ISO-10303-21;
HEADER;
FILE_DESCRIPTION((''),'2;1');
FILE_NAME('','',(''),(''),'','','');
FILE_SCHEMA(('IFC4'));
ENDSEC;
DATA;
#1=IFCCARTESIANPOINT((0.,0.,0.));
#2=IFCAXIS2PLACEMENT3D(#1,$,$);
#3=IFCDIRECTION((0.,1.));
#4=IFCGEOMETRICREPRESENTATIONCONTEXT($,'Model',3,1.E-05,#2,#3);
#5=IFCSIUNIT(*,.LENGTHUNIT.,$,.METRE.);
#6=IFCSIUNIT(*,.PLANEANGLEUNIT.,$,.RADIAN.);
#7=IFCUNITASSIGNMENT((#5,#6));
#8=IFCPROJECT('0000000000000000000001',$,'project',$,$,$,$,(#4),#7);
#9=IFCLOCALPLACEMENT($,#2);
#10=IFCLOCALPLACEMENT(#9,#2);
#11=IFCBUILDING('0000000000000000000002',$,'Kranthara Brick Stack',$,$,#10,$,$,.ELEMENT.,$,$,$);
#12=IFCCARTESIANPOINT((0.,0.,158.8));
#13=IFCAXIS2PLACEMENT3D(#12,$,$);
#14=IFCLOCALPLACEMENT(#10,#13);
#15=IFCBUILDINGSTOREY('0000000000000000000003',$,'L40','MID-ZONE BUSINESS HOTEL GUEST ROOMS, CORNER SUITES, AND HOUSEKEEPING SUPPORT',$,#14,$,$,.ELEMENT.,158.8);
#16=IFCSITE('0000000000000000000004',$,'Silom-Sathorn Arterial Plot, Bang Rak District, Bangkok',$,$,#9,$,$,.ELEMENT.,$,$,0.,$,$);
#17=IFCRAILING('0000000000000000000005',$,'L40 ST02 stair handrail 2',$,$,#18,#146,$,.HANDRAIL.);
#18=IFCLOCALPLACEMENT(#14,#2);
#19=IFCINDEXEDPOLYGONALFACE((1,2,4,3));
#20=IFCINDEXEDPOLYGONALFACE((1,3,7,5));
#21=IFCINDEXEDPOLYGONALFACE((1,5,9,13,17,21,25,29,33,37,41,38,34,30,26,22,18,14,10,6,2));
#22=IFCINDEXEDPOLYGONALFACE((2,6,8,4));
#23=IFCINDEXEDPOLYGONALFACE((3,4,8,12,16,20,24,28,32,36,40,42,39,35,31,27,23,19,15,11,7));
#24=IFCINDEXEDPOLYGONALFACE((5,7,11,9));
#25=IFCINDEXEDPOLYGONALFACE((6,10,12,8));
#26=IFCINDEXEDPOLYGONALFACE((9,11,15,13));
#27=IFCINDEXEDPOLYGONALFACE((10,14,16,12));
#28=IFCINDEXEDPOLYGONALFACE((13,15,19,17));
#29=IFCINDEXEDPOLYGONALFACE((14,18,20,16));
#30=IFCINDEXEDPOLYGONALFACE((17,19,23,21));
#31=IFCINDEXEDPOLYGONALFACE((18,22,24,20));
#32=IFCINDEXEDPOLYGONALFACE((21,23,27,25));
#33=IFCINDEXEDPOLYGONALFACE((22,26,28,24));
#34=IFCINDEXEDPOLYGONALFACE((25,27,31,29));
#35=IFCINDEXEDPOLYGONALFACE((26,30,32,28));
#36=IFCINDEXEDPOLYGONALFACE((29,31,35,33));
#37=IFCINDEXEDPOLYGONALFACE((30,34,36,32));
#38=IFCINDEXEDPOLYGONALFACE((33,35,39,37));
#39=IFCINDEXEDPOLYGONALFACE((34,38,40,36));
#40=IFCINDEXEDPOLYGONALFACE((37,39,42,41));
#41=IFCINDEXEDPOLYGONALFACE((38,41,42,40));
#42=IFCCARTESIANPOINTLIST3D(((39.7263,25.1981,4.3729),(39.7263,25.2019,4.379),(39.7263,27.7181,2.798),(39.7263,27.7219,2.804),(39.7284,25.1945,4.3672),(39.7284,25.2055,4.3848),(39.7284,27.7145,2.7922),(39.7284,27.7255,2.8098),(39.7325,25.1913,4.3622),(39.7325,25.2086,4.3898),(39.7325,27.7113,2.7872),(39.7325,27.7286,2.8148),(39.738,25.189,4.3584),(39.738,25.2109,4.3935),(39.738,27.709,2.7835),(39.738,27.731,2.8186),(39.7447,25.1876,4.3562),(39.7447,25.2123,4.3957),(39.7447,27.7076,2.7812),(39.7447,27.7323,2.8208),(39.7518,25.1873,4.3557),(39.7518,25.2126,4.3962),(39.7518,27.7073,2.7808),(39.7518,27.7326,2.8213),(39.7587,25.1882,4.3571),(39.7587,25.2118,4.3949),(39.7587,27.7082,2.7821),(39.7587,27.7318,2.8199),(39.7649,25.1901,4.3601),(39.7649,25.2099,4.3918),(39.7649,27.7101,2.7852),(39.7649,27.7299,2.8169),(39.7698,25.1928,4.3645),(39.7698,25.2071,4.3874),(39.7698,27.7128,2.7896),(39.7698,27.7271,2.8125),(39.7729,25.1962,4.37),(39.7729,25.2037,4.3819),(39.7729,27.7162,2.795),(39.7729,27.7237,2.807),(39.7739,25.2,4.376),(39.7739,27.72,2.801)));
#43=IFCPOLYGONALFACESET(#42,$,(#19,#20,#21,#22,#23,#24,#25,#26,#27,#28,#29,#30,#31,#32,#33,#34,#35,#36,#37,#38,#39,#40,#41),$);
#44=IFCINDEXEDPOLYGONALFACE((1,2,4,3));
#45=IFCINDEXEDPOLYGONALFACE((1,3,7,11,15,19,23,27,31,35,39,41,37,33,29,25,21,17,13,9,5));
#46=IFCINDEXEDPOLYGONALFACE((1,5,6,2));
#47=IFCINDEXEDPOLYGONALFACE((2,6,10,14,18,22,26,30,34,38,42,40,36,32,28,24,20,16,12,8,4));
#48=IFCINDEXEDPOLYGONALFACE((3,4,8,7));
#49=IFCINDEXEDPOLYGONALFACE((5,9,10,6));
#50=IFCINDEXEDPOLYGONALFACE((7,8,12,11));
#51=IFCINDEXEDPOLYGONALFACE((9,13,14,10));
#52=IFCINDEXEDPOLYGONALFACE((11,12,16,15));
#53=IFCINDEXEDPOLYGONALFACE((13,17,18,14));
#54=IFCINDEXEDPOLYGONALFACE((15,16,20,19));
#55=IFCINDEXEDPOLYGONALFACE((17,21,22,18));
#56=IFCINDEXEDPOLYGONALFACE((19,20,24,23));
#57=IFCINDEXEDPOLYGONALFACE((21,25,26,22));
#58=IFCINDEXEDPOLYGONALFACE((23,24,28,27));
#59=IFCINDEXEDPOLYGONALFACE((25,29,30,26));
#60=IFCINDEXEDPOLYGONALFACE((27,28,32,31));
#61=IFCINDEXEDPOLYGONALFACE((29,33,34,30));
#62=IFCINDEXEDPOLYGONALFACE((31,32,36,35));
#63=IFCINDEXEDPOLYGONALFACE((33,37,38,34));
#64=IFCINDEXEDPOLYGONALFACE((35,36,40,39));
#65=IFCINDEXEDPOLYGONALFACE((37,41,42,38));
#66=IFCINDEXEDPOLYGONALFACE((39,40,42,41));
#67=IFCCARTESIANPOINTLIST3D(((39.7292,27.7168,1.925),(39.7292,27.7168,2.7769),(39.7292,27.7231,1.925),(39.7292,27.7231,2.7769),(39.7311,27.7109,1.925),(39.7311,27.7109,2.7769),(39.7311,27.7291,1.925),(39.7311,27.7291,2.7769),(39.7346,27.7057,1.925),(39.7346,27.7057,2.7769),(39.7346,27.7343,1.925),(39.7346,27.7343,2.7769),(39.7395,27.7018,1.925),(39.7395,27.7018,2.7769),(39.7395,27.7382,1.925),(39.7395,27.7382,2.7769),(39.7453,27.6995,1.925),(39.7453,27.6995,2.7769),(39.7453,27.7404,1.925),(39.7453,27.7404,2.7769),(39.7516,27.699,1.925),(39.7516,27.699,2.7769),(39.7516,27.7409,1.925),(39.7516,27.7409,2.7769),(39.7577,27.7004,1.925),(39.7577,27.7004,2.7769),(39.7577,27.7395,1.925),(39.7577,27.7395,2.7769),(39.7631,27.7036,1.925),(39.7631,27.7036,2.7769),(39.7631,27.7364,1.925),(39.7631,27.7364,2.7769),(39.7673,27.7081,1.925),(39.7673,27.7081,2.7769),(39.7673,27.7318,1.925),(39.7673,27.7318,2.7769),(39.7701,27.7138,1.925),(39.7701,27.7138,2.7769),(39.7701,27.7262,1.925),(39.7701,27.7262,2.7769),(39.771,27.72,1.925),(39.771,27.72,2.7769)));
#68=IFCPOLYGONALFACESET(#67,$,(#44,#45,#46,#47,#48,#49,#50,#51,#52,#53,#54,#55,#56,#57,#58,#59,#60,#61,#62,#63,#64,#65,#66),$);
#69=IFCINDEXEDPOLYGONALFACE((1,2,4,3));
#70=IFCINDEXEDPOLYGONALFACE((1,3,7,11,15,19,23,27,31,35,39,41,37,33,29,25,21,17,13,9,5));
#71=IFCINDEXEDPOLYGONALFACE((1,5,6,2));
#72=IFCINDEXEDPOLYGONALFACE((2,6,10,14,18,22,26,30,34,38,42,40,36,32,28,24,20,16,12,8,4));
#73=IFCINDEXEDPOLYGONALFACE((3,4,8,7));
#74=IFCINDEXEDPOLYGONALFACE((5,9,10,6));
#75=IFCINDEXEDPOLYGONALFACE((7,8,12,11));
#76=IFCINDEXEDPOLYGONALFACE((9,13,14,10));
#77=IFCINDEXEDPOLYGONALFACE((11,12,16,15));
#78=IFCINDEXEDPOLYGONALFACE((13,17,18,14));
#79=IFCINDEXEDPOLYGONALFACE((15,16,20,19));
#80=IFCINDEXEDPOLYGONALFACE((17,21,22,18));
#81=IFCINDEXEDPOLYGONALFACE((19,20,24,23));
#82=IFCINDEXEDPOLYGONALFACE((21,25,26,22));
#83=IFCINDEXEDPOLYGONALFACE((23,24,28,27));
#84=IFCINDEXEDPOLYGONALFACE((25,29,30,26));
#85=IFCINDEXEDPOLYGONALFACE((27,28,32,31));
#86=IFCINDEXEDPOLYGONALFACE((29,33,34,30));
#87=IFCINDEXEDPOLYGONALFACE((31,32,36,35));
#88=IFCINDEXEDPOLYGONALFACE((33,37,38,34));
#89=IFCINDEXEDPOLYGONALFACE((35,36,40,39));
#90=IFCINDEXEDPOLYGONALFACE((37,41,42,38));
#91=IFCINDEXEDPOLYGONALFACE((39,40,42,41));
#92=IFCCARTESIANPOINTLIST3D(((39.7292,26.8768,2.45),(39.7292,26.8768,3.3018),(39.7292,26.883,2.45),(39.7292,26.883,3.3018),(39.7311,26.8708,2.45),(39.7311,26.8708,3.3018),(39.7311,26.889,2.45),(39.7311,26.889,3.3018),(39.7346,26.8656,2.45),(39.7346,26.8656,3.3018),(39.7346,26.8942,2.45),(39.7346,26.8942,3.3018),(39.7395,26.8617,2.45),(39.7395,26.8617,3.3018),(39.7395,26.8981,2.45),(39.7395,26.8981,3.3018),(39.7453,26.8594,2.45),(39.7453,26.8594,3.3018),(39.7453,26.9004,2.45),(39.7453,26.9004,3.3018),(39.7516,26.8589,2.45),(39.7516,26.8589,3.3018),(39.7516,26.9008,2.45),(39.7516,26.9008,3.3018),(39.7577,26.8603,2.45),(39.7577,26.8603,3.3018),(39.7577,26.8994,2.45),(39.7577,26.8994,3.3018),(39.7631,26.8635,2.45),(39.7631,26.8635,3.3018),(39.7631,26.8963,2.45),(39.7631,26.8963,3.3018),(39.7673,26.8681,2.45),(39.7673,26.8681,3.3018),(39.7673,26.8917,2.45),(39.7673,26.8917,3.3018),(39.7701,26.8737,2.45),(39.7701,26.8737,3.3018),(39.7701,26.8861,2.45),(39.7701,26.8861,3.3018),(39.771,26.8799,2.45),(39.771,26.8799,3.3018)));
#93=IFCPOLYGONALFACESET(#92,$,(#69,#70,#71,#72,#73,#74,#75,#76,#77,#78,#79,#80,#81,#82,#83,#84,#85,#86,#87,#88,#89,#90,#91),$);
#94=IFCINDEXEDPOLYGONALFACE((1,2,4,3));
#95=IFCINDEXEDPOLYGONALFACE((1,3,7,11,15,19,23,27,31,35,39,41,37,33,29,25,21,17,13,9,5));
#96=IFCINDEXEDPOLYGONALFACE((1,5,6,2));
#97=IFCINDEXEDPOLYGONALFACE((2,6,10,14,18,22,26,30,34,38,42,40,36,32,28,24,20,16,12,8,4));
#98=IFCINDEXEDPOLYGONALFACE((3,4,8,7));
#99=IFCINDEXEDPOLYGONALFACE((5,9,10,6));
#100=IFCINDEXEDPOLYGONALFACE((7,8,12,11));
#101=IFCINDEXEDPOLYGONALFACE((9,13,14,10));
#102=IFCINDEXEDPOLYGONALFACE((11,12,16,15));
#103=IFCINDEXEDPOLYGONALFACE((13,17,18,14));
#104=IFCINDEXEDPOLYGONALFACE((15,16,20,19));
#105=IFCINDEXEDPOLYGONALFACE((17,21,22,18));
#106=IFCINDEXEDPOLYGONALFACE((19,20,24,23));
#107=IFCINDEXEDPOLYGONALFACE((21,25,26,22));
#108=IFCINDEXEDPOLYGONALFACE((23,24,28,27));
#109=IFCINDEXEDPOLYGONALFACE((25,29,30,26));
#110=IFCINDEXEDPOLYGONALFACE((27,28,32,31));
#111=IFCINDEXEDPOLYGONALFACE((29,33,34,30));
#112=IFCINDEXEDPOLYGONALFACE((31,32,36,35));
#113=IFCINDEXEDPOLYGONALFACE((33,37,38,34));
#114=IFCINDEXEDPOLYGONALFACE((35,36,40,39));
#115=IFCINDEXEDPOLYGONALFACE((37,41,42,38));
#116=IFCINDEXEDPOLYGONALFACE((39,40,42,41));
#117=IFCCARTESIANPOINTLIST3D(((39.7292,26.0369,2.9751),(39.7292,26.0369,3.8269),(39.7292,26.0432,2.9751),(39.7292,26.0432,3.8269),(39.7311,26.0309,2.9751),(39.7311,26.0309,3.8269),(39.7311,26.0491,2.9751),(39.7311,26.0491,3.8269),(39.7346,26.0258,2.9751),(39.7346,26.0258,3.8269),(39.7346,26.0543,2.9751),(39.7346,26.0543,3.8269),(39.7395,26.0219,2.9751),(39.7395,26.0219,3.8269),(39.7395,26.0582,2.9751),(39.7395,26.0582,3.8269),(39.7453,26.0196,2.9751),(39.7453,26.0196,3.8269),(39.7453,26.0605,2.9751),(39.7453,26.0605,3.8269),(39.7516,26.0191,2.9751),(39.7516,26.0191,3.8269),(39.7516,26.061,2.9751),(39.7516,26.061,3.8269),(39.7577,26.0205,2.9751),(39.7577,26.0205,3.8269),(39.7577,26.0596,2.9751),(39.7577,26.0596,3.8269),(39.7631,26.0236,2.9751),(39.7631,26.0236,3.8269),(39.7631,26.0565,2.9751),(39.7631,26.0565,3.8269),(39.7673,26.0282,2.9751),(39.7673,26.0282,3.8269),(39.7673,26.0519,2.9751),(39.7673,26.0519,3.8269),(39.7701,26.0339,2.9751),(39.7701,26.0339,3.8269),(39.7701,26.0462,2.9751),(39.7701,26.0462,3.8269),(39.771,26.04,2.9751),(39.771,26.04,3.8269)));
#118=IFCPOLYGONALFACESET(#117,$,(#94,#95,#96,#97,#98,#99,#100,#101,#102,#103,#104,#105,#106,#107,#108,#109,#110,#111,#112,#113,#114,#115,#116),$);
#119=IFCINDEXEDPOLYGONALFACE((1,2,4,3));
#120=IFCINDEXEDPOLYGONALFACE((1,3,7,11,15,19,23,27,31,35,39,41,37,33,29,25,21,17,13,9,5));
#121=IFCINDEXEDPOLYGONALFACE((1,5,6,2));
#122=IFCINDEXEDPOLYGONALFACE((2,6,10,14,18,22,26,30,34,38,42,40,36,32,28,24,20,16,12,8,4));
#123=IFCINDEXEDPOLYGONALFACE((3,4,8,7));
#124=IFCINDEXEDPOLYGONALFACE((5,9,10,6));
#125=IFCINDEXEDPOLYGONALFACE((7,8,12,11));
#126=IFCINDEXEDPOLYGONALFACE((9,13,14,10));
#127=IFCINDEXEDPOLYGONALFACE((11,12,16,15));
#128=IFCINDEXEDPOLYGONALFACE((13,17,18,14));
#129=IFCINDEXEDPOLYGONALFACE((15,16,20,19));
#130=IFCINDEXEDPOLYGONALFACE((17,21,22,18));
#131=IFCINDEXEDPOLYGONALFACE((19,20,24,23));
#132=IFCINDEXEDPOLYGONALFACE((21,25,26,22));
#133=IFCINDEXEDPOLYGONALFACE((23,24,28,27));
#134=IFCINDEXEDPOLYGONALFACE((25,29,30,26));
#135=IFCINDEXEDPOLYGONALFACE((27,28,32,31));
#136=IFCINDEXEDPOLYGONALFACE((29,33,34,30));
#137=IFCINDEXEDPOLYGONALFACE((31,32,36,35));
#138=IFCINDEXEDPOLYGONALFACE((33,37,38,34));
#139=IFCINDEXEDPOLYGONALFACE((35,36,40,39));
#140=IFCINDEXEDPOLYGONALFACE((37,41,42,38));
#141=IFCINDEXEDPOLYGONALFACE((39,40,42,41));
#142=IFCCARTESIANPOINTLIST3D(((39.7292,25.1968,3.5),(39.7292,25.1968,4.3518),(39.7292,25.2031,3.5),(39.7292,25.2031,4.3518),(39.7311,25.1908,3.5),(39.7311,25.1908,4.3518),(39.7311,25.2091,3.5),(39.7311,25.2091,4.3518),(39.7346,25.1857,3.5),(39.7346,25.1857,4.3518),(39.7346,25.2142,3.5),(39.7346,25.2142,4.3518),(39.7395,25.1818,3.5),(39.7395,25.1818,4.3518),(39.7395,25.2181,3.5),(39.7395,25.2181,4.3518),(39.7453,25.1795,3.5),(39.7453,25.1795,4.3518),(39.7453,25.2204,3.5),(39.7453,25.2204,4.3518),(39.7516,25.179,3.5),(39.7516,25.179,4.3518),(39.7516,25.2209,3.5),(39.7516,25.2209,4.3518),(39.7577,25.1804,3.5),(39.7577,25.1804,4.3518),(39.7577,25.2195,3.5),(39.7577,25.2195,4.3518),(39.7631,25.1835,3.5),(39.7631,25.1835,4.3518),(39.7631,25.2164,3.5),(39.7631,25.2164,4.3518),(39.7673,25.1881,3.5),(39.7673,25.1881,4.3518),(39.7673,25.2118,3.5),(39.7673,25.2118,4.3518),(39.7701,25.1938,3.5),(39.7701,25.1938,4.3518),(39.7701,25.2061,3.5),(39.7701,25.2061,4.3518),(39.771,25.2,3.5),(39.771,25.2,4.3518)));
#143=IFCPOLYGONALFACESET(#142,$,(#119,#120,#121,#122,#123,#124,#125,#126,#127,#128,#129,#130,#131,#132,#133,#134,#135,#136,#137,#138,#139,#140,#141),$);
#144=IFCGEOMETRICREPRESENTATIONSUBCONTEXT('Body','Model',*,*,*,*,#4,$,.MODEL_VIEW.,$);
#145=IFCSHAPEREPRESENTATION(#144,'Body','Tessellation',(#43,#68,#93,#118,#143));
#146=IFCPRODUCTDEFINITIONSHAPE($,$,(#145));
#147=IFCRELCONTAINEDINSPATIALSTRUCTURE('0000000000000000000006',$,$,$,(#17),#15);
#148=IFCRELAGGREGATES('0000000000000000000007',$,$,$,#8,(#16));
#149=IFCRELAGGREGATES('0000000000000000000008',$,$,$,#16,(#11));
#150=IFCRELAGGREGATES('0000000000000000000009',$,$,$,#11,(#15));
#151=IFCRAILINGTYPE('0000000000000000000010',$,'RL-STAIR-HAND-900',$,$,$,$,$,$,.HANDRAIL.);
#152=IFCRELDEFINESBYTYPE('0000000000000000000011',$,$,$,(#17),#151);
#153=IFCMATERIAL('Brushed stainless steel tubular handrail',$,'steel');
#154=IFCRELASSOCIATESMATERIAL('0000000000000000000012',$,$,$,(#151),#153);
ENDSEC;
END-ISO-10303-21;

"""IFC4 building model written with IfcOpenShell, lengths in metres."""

from ifc_helpers import new_model, si_unit, direction, frame, origin, origin_2d, place, context, subcontext, project, spatial, circle, extrude, material, type_object, element, save


model = new_model("IFC4")

# Units and contexts
model_context = context("Model", 3, precision=1e-05, world=origin(), true_north=direction((0.0, 1.0)))
body_context = subcontext(model_context, "Body", "Model", "MODEL_VIEW")
ifc_project = project(units=[si_unit("LENGTHUNIT", "METRE"), si_unit("PLANEANGLEUNIT", "RADIAN")], contexts=[model_context])

# Site, building, storey
site_placement = place(None, origin())
site = spatial("IfcSite", under=ifc_project, at=site_placement, Name="Silom-Sathorn Arterial Plot, Bang Rak District, Bangkok", CompositionType="ELEMENT", RefElevation=0.0)
building_placement = place(site_placement, origin())
building = spatial("IfcBuilding", under=site, at=building_placement, Name="Kranthara Brick Stack", CompositionType="ELEMENT")
storey_placement = place(building_placement, frame((0.0, 0.0, 158.8)))
storey = spatial("IfcBuildingStorey", under=building, at=storey_placement, Name="L40", Description="MID-ZONE BUSINESS HOTEL GUEST ROOMS, CORNER SUITES, AND HOUSEKEEPING SUPPORT", CompositionType="ELEMENT", Elevation=158.8)

# Railing
ifc_material_1 = material(Name="Brushed stainless steel tubular handrail", Category="steel")
railing_type_1 = type_object("IfcRailingType", Name="RL-STAIR-HAND-900", PredefinedType="HANDRAIL", material=ifc_material_1)
railing_1_placement = place(storey_placement, frame((39.75, 27.72, 1.925)))
element("IfcRailing", 1, at=railing_1_placement, inside=storey, type_object=railing_type_1, Name="L40 ST02 stair handrail 2", PredefinedType="HANDRAIL", context=body_context, shape_type="SweptSolid", body=[
    extrude(circle(Radius=0.0239, at=origin_2d()), frame((0.0, 0.0, 0.876), z_axis=(0.0, -0.848008, 0.529984), x_axis=(1.0, 0.0, 0.0)), (0.0, 0.0, 1.0), 2.9717),
    extrude(circle(Radius=0.021, at=origin_2d()), origin(), (0.0, 0.0, 1.0), 0.8518),
    extrude(circle(Radius=0.021, at=origin_2d()), frame((0.0, -0.8401, 0.5249)), (0.0, 0.0, 1.0), 0.8518),
    extrude(circle(Radius=0.021, at=origin_2d()), frame((0.0, -1.6799, 1.05)), (0.0, 0.0, 1.0), 0.8518),
    extrude(circle(Radius=0.021, at=origin_2d()), frame((0.0, -2.52, 1.575)), (0.0, 0.0, 1.0), 0.8518),
])

save(model, "model.ifc")
